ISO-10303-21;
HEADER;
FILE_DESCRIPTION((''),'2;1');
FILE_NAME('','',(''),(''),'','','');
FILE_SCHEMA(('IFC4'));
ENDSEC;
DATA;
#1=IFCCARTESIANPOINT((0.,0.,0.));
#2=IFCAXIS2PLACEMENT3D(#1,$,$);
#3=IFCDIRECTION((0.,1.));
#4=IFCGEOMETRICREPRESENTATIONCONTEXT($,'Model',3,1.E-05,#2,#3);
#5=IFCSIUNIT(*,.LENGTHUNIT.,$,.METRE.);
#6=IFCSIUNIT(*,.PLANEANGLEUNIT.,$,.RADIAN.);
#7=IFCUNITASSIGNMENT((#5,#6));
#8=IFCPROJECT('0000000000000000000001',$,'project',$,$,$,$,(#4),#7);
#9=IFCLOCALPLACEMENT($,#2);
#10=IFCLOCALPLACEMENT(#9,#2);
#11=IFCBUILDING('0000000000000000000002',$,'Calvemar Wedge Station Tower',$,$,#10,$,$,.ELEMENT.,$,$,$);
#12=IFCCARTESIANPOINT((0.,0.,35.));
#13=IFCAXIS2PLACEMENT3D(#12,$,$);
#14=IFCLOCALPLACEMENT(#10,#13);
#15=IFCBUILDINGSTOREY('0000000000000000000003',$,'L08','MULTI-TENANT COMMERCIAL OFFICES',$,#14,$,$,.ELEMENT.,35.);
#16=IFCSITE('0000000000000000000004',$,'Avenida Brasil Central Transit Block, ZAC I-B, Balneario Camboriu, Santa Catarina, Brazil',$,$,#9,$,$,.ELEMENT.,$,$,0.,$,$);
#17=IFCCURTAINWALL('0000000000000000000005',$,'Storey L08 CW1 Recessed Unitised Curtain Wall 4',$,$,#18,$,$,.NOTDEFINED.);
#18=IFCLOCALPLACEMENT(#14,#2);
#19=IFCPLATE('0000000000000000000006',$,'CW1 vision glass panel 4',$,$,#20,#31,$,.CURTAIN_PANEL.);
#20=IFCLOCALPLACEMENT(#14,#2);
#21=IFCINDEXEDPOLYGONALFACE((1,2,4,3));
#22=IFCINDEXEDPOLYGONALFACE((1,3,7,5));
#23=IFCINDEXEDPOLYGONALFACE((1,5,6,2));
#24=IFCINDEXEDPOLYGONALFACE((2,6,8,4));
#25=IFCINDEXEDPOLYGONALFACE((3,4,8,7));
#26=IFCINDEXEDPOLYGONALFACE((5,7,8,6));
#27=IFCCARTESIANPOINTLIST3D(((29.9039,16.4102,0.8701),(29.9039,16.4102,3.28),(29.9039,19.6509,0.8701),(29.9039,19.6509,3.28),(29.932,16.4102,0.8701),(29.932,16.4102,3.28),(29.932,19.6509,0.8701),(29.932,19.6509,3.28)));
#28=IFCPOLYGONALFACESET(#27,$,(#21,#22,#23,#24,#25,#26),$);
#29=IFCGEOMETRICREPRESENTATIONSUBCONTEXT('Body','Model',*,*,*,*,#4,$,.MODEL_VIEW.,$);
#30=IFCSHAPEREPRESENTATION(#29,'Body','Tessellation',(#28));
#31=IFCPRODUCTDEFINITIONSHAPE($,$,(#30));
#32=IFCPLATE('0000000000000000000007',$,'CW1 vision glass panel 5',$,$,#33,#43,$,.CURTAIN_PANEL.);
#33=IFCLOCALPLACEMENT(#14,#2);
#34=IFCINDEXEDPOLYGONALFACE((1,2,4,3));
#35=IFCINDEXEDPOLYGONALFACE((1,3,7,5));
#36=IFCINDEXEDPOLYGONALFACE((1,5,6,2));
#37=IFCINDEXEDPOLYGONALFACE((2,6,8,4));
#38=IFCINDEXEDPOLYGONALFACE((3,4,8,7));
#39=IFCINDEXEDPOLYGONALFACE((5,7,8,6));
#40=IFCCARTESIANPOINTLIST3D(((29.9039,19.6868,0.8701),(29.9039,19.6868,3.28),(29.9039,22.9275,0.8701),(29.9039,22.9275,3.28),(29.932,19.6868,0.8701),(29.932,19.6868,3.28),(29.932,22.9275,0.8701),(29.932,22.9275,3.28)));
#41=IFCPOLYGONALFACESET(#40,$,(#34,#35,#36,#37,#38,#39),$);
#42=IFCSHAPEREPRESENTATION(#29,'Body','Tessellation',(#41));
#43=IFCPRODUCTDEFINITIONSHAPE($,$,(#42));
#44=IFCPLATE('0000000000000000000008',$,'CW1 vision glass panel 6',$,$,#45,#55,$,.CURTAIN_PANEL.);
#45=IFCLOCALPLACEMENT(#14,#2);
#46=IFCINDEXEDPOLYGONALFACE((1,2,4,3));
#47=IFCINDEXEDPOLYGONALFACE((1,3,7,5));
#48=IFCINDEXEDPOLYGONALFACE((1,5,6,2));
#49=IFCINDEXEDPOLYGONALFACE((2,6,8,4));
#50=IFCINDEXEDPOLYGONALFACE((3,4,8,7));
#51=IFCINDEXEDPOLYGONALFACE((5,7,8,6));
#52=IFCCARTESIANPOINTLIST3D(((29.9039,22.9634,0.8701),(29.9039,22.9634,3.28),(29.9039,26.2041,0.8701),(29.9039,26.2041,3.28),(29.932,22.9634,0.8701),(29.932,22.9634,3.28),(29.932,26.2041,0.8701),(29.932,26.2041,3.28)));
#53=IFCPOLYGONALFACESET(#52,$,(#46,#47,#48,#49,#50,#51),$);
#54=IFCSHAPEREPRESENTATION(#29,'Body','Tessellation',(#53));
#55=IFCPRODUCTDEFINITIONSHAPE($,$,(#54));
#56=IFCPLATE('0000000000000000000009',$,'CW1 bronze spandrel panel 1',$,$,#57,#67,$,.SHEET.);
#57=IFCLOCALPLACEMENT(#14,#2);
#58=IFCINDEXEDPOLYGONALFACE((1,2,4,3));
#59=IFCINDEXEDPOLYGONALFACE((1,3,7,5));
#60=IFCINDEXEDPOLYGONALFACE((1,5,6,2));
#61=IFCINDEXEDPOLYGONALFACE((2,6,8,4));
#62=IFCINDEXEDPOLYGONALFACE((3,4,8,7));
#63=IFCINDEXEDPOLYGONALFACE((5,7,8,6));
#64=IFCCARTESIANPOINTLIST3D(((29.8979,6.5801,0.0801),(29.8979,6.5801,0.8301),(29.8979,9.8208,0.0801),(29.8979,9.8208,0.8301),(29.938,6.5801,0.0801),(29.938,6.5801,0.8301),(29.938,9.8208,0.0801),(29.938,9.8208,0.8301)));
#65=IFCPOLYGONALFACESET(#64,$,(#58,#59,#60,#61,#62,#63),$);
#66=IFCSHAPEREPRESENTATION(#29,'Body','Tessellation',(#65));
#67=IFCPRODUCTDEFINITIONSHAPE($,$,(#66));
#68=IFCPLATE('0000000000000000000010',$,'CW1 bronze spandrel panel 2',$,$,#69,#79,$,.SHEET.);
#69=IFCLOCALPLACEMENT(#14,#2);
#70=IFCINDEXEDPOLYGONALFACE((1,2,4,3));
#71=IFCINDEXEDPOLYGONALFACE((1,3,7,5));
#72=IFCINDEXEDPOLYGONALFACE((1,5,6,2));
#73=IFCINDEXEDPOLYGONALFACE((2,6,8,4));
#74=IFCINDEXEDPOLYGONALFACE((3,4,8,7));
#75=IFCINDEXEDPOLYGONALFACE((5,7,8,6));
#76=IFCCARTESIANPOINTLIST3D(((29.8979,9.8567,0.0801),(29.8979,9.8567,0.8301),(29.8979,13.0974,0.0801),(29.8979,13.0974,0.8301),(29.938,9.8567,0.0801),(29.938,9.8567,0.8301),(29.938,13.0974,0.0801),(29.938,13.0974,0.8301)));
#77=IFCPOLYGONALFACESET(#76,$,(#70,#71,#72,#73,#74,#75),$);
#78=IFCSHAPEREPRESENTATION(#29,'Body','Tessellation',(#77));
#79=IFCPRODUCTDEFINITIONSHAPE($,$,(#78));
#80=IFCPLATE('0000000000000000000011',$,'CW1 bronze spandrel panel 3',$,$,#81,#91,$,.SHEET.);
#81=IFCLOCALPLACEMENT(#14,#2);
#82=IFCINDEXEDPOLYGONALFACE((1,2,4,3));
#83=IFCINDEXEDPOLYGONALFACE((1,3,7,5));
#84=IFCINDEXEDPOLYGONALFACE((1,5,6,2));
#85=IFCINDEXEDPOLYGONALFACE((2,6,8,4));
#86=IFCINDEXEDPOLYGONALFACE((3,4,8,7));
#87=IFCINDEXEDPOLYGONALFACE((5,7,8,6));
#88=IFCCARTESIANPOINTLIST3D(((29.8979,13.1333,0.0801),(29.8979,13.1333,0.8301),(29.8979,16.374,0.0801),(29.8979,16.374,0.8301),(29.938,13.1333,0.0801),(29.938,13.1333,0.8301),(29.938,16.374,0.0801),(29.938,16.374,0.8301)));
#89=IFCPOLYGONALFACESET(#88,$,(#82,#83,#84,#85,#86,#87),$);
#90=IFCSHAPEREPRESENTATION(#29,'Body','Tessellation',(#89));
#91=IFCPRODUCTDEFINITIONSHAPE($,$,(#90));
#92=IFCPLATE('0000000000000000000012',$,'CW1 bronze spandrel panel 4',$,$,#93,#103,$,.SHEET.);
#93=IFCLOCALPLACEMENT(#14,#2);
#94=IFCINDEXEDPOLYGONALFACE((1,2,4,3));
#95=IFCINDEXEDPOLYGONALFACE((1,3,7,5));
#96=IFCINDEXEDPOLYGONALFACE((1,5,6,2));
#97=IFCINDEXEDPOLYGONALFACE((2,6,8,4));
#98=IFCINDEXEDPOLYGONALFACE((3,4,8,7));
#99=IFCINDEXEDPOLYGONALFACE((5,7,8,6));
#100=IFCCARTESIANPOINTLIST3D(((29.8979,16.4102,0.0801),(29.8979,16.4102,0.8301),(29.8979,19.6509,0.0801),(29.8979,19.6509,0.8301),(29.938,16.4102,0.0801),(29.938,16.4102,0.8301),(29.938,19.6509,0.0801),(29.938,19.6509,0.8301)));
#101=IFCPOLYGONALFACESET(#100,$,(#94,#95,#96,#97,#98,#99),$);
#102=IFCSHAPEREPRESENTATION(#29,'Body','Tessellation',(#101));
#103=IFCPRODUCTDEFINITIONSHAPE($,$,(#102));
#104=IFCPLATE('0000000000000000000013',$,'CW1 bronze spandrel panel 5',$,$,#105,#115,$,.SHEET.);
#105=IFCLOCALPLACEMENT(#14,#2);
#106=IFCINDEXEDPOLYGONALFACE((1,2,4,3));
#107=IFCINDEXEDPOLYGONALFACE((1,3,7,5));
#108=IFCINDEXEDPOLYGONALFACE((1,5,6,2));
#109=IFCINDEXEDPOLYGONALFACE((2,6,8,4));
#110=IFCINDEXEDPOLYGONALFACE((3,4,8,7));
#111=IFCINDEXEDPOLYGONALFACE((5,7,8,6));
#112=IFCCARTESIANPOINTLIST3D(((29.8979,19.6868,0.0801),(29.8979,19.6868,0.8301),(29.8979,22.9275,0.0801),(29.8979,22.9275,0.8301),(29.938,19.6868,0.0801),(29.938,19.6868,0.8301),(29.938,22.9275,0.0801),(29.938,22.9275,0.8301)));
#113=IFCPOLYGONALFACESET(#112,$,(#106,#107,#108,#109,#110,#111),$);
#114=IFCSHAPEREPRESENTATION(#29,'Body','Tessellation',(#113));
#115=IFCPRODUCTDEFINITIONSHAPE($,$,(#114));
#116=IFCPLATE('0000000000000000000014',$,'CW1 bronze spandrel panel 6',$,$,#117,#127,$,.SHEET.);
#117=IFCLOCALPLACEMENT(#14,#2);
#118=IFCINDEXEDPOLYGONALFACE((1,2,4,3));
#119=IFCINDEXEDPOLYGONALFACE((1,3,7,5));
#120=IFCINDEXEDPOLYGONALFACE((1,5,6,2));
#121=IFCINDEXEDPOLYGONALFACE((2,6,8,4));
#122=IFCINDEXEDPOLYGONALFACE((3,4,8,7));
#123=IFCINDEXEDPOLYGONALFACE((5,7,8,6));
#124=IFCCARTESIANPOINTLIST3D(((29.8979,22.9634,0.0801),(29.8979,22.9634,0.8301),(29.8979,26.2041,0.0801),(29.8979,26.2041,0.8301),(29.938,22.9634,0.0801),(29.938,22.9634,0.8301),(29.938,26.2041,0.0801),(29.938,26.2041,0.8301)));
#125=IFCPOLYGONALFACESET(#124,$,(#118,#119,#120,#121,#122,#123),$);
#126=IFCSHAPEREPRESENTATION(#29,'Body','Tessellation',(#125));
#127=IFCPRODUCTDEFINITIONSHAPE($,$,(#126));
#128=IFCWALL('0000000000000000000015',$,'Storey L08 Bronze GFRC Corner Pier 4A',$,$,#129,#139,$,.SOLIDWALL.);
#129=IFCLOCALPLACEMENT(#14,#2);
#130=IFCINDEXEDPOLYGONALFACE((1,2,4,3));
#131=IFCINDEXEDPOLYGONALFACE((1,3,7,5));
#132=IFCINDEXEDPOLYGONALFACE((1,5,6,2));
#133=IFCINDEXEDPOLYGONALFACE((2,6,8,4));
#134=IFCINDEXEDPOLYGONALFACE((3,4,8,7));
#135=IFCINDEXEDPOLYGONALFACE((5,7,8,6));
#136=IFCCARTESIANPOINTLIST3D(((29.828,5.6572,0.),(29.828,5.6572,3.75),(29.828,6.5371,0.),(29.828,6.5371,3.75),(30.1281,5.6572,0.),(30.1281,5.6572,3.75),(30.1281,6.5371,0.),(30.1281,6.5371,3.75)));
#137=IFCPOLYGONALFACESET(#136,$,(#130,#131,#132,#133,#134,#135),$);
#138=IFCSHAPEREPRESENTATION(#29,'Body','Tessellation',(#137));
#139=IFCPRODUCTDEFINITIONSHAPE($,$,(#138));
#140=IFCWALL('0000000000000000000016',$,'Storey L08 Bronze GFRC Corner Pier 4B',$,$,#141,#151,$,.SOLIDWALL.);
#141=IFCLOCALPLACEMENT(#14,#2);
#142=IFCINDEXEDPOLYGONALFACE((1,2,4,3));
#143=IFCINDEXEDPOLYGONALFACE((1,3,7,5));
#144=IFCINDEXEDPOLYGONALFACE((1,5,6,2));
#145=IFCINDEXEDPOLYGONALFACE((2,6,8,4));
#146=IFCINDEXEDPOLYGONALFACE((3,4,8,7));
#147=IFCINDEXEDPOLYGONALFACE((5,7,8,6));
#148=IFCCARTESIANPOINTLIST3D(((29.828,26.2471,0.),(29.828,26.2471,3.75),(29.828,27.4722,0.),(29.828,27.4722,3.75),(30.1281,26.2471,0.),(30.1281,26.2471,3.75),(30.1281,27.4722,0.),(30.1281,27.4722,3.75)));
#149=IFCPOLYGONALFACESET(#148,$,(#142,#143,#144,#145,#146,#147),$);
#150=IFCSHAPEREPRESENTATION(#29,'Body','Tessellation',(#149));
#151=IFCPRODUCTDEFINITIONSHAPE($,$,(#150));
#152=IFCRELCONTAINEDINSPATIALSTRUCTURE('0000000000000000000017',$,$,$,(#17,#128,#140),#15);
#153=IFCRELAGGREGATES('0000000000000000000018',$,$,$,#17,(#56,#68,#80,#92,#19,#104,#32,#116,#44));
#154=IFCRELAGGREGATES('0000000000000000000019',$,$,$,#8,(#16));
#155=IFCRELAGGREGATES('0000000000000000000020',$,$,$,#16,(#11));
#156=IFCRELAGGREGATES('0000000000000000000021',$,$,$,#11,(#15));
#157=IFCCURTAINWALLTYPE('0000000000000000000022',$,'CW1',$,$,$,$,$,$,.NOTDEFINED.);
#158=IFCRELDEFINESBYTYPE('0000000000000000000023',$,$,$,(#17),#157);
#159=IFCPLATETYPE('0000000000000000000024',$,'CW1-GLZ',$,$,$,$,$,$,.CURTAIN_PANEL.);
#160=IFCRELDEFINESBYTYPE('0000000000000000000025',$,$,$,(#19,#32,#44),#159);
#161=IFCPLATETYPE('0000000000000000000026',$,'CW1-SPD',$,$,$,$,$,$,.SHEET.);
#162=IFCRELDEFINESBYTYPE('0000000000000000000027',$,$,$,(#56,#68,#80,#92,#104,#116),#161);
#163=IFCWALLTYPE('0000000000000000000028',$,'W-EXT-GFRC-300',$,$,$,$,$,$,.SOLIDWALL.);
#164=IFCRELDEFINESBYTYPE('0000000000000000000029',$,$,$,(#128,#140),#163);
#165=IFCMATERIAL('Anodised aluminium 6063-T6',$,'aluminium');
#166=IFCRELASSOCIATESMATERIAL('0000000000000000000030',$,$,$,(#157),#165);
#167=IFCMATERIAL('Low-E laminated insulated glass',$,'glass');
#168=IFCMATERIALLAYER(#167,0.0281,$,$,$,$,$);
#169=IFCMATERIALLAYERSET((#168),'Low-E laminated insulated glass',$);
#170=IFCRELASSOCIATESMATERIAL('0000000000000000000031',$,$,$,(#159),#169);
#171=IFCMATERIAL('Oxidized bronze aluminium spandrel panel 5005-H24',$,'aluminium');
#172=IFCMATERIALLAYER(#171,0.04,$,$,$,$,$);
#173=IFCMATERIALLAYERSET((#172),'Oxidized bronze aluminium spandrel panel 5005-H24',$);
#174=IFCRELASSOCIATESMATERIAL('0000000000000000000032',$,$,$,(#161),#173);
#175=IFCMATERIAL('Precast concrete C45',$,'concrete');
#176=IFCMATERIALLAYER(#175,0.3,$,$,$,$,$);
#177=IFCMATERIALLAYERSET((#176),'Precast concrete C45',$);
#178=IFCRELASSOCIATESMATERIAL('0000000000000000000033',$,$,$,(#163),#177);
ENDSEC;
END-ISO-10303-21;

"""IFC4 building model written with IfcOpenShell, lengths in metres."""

from ifc_helpers import new_model, si_unit, direction, frame, frame_2d, origin, place, context, subcontext, project, spatial, rectangle, extrude, material, layer, layer_set, type_object, element, aggregate, save


model = new_model("IFC4")

# Units and contexts
model_context = context("Model", 3, precision=1e-05, world=origin(), true_north=direction((0.0, 1.0)))
body_context = subcontext(model_context, "Body", "Model", "MODEL_VIEW")
ifc_project = project(units=[si_unit("LENGTHUNIT", "METRE"), si_unit("PLANEANGLEUNIT", "RADIAN")], contexts=[model_context])

# Site, building, storey
site_placement = place(None, origin())
site = spatial("IfcSite", under=ifc_project, at=site_placement, Name="Avenida Brasil Central Transit Block, ZAC I-B, Balneario Camboriu, Santa Catarina, Brazil", CompositionType="ELEMENT", RefElevation=0.0)
building_placement = place(site_placement, origin())
building = spatial("IfcBuilding", under=site, at=building_placement, Name="Calvemar Wedge Station Tower", CompositionType="ELEMENT")
storey_placement = place(building_placement, frame((0.0, 0.0, 35.0)))
storey = spatial("IfcBuildingStorey", under=building, at=storey_placement, Name="L08", Description="MULTI-TENANT COMMERCIAL OFFICES", CompositionType="ELEMENT", Elevation=35.0)

# Curtain wall, plates
ifc_material_1 = material(Name="Anodised aluminium 6063-T6", Category="aluminium")
curtain_wall_type = type_object("IfcCurtainWallType", Name="CW1", PredefinedType="NOTDEFINED", material=ifc_material_1)
curtain_wall_placement = place(storey_placement, origin())
curtain_wall = element("IfcCurtainWall", 1, at=curtain_wall_placement, inside=storey, type_object=curtain_wall_type, Name="Storey L08 CW1 Recessed Unitised Curtain Wall 4", PredefinedType="NOTDEFINED")
ifc_material_2 = material(Name="Low-E laminated insulated glass", Category="glass")
ifc_layer_1 = layer(ifc_material_2, 0.0281)
ifc_layer_set_1 = layer_set([ifc_layer_1], Name="Low-E laminated insulated glass")
plate_type_1 = type_object("IfcPlateType", Name="CW1-GLZ", PredefinedType="CURTAIN_PANEL", material=ifc_layer_set_1)
plate_1_placement = place(storey_placement, frame((29.918, 16.4102, 0.8701), z_axis=(0.0, 0.0, 1.0), x_axis=(0.0, 1.0, 0.0)))
plate_1 = element("IfcPlate", 2, at=plate_1_placement, type_object=plate_type_1, Name="CW1 vision glass panel 4", PredefinedType="CURTAIN_PANEL", context=body_context, shape_type="SweptSolid", body=[
    extrude(rectangle(XDim=3.2407, YDim=0.0281, at=frame_2d((1.6204, 0.0))), origin(), (0.0, 0.0, 1.0), 2.4099),
])
plate_2_placement = place(storey_placement, frame((29.918, 19.6868, 0.8701), z_axis=(0.0, 0.0, 1.0), x_axis=(0.0, 1.0, 0.0)))
plate_2 = element("IfcPlate", 3, at=plate_2_placement, type_object=plate_type_1, Name="CW1 vision glass panel 5", PredefinedType="CURTAIN_PANEL", context=body_context, shape_type="SweptSolid", body=[
    extrude(rectangle(XDim=3.2407, YDim=0.0281, at=frame_2d((1.6204, 0.0))), origin(), (0.0, 0.0, 1.0), 2.4099),
])
plate_3_placement = place(storey_placement, frame((29.918, 22.9634, 0.8701), z_axis=(0.0, 0.0, 1.0), x_axis=(0.0, 1.0, 0.0)))
plate_3 = element("IfcPlate", 4, at=plate_3_placement, type_object=plate_type_1, Name="CW1 vision glass panel 6", PredefinedType="CURTAIN_PANEL", context=body_context, shape_type="SweptSolid", body=[
    extrude(rectangle(XDim=3.2407, YDim=0.0281, at=frame_2d((1.6204, 0.0))), origin(), (0.0, 0.0, 1.0), 2.4099),
])
ifc_material_3 = material(Name="Oxidized bronze aluminium spandrel panel 5005-H24", Category="aluminium")
ifc_layer_2 = layer(ifc_material_3, 0.04)
ifc_layer_set_2 = layer_set([ifc_layer_2], Name="Oxidized bronze aluminium spandrel panel 5005-H24")
plate_type_2 = type_object("IfcPlateType", Name="CW1-SPD", PredefinedType="SHEET", material=ifc_layer_set_2)
plate_4_placement = place(storey_placement, frame((29.918, 6.5801, 0.0801), z_axis=(0.0, 0.0, 1.0), x_axis=(0.0, 1.0, 0.0)))
plate_4 = element("IfcPlate", 5, at=plate_4_placement, type_object=plate_type_2, Name="CW1 bronze spandrel panel 1", PredefinedType="SHEET", context=body_context, shape_type="SweptSolid", body=[
    extrude(rectangle(XDim=3.2407, YDim=0.04, at=frame_2d((1.6204, 0.0))), origin(), (0.0, 0.0, 1.0), 0.75),
])
plate_5_placement = place(storey_placement, frame((29.918, 9.8567, 0.0801), z_axis=(0.0, 0.0, 1.0), x_axis=(0.0, 1.0, 0.0)))
plate_5 = element("IfcPlate", 6, at=plate_5_placement, type_object=plate_type_2, Name="CW1 bronze spandrel panel 2", PredefinedType="SHEET", context=body_context, shape_type="SweptSolid", body=[
    extrude(rectangle(XDim=3.2407, YDim=0.04, at=frame_2d((1.6204, 0.0))), origin(), (0.0, 0.0, 1.0), 0.75),
])
plate_6_placement = place(storey_placement, frame((29.918, 13.1333, 0.0801), z_axis=(0.0, 0.0, 1.0), x_axis=(0.0, 1.0, 0.0)))
plate_6 = element("IfcPlate", 7, at=plate_6_placement, type_object=plate_type_2, Name="CW1 bronze spandrel panel 3", PredefinedType="SHEET", context=body_context, shape_type="SweptSolid", body=[
    extrude(rectangle(XDim=3.2407, YDim=0.04, at=frame_2d((1.6204, 0.0))), origin(), (0.0, 0.0, 1.0), 0.75),
])
plate_7_placement = place(storey_placement, frame((29.918, 16.4102, 0.0801), z_axis=(0.0, 0.0, 1.0), x_axis=(0.0, 1.0, 0.0)))
plate_7 = element("IfcPlate", 8, at=plate_7_placement, type_object=plate_type_2, Name="CW1 bronze spandrel panel 4", PredefinedType="SHEET", context=body_context, shape_type="SweptSolid", body=[
    extrude(rectangle(XDim=3.2407, YDim=0.04, at=frame_2d((1.6204, 0.0))), origin(), (0.0, 0.0, 1.0), 0.75),
])
plate_8_placement = place(storey_placement, frame((29.918, 19.6868, 0.0801), z_axis=(0.0, 0.0, 1.0), x_axis=(0.0, 1.0, 0.0)))
plate_8 = element("IfcPlate", 9, at=plate_8_placement, type_object=plate_type_2, Name="CW1 bronze spandrel panel 5", PredefinedType="SHEET", context=body_context, shape_type="SweptSolid", body=[
    extrude(rectangle(XDim=3.2407, YDim=0.04, at=frame_2d((1.6204, 0.0))), origin(), (0.0, 0.0, 1.0), 0.75),
])
plate_9_placement = place(storey_placement, frame((29.918, 22.9634, 0.0801), z_axis=(0.0, 0.0, 1.0), x_axis=(0.0, 1.0, 0.0)))
plate_9 = element("IfcPlate", 10, at=plate_9_placement, type_object=plate_type_2, Name="CW1 bronze spandrel panel 6", PredefinedType="SHEET", context=body_context, shape_type="SweptSolid", body=[
    extrude(rectangle(XDim=3.2407, YDim=0.04, at=frame_2d((1.6204, 0.0))), origin(), (0.0, 0.0, 1.0), 0.75),
])
aggregate(curtain_wall, [plate_4, plate_5, plate_6, plate_7, plate_1, plate_8, plate_2, plate_9, plate_3])

# Walls
ifc_material_4 = material(Name="Precast concrete C45", Category="concrete")
ifc_layer_3 = layer(ifc_material_4, 0.3)
ifc_layer_set_3 = layer_set([ifc_layer_3], Name="Precast concrete C45")
wall_type = type_object("IfcWallType", Name="W-EXT-GFRC-300", PredefinedType="SOLIDWALL", material=ifc_layer_set_3)
wall_1_placement = place(storey_placement, frame((29.978, 5.6572, 0.0), z_axis=(0.0, 0.0, 1.0), x_axis=(0.0, 1.0, 0.0)))
element("IfcWall", 11, at=wall_1_placement, inside=storey, type_object=wall_type, Name="Storey L08 Bronze GFRC Corner Pier 4A", PredefinedType="SOLIDWALL", context=body_context, shape_type="SweptSolid", body=[
    extrude(rectangle(XDim=0.8799, YDim=0.3, at=frame_2d((0.4399, 0.0))), origin(), (0.0, 0.0, 1.0), 3.75),
])
wall_2_placement = place(storey_placement, frame((29.978, 26.2471, 0.0), z_axis=(0.0, 0.0, 1.0), x_axis=(0.0, 1.0, 0.0)))
element("IfcWall", 12, at=wall_2_placement, inside=storey, type_object=wall_type, Name="Storey L08 Bronze GFRC Corner Pier 4B", PredefinedType="SOLIDWALL", context=body_context, shape_type="SweptSolid", body=[
    extrude(rectangle(XDim=1.2251, YDim=0.3, at=frame_2d((0.6125, 0.0))), origin(), (0.0, 0.0, 1.0), 3.75),
])

save(model, "model.ifc")
